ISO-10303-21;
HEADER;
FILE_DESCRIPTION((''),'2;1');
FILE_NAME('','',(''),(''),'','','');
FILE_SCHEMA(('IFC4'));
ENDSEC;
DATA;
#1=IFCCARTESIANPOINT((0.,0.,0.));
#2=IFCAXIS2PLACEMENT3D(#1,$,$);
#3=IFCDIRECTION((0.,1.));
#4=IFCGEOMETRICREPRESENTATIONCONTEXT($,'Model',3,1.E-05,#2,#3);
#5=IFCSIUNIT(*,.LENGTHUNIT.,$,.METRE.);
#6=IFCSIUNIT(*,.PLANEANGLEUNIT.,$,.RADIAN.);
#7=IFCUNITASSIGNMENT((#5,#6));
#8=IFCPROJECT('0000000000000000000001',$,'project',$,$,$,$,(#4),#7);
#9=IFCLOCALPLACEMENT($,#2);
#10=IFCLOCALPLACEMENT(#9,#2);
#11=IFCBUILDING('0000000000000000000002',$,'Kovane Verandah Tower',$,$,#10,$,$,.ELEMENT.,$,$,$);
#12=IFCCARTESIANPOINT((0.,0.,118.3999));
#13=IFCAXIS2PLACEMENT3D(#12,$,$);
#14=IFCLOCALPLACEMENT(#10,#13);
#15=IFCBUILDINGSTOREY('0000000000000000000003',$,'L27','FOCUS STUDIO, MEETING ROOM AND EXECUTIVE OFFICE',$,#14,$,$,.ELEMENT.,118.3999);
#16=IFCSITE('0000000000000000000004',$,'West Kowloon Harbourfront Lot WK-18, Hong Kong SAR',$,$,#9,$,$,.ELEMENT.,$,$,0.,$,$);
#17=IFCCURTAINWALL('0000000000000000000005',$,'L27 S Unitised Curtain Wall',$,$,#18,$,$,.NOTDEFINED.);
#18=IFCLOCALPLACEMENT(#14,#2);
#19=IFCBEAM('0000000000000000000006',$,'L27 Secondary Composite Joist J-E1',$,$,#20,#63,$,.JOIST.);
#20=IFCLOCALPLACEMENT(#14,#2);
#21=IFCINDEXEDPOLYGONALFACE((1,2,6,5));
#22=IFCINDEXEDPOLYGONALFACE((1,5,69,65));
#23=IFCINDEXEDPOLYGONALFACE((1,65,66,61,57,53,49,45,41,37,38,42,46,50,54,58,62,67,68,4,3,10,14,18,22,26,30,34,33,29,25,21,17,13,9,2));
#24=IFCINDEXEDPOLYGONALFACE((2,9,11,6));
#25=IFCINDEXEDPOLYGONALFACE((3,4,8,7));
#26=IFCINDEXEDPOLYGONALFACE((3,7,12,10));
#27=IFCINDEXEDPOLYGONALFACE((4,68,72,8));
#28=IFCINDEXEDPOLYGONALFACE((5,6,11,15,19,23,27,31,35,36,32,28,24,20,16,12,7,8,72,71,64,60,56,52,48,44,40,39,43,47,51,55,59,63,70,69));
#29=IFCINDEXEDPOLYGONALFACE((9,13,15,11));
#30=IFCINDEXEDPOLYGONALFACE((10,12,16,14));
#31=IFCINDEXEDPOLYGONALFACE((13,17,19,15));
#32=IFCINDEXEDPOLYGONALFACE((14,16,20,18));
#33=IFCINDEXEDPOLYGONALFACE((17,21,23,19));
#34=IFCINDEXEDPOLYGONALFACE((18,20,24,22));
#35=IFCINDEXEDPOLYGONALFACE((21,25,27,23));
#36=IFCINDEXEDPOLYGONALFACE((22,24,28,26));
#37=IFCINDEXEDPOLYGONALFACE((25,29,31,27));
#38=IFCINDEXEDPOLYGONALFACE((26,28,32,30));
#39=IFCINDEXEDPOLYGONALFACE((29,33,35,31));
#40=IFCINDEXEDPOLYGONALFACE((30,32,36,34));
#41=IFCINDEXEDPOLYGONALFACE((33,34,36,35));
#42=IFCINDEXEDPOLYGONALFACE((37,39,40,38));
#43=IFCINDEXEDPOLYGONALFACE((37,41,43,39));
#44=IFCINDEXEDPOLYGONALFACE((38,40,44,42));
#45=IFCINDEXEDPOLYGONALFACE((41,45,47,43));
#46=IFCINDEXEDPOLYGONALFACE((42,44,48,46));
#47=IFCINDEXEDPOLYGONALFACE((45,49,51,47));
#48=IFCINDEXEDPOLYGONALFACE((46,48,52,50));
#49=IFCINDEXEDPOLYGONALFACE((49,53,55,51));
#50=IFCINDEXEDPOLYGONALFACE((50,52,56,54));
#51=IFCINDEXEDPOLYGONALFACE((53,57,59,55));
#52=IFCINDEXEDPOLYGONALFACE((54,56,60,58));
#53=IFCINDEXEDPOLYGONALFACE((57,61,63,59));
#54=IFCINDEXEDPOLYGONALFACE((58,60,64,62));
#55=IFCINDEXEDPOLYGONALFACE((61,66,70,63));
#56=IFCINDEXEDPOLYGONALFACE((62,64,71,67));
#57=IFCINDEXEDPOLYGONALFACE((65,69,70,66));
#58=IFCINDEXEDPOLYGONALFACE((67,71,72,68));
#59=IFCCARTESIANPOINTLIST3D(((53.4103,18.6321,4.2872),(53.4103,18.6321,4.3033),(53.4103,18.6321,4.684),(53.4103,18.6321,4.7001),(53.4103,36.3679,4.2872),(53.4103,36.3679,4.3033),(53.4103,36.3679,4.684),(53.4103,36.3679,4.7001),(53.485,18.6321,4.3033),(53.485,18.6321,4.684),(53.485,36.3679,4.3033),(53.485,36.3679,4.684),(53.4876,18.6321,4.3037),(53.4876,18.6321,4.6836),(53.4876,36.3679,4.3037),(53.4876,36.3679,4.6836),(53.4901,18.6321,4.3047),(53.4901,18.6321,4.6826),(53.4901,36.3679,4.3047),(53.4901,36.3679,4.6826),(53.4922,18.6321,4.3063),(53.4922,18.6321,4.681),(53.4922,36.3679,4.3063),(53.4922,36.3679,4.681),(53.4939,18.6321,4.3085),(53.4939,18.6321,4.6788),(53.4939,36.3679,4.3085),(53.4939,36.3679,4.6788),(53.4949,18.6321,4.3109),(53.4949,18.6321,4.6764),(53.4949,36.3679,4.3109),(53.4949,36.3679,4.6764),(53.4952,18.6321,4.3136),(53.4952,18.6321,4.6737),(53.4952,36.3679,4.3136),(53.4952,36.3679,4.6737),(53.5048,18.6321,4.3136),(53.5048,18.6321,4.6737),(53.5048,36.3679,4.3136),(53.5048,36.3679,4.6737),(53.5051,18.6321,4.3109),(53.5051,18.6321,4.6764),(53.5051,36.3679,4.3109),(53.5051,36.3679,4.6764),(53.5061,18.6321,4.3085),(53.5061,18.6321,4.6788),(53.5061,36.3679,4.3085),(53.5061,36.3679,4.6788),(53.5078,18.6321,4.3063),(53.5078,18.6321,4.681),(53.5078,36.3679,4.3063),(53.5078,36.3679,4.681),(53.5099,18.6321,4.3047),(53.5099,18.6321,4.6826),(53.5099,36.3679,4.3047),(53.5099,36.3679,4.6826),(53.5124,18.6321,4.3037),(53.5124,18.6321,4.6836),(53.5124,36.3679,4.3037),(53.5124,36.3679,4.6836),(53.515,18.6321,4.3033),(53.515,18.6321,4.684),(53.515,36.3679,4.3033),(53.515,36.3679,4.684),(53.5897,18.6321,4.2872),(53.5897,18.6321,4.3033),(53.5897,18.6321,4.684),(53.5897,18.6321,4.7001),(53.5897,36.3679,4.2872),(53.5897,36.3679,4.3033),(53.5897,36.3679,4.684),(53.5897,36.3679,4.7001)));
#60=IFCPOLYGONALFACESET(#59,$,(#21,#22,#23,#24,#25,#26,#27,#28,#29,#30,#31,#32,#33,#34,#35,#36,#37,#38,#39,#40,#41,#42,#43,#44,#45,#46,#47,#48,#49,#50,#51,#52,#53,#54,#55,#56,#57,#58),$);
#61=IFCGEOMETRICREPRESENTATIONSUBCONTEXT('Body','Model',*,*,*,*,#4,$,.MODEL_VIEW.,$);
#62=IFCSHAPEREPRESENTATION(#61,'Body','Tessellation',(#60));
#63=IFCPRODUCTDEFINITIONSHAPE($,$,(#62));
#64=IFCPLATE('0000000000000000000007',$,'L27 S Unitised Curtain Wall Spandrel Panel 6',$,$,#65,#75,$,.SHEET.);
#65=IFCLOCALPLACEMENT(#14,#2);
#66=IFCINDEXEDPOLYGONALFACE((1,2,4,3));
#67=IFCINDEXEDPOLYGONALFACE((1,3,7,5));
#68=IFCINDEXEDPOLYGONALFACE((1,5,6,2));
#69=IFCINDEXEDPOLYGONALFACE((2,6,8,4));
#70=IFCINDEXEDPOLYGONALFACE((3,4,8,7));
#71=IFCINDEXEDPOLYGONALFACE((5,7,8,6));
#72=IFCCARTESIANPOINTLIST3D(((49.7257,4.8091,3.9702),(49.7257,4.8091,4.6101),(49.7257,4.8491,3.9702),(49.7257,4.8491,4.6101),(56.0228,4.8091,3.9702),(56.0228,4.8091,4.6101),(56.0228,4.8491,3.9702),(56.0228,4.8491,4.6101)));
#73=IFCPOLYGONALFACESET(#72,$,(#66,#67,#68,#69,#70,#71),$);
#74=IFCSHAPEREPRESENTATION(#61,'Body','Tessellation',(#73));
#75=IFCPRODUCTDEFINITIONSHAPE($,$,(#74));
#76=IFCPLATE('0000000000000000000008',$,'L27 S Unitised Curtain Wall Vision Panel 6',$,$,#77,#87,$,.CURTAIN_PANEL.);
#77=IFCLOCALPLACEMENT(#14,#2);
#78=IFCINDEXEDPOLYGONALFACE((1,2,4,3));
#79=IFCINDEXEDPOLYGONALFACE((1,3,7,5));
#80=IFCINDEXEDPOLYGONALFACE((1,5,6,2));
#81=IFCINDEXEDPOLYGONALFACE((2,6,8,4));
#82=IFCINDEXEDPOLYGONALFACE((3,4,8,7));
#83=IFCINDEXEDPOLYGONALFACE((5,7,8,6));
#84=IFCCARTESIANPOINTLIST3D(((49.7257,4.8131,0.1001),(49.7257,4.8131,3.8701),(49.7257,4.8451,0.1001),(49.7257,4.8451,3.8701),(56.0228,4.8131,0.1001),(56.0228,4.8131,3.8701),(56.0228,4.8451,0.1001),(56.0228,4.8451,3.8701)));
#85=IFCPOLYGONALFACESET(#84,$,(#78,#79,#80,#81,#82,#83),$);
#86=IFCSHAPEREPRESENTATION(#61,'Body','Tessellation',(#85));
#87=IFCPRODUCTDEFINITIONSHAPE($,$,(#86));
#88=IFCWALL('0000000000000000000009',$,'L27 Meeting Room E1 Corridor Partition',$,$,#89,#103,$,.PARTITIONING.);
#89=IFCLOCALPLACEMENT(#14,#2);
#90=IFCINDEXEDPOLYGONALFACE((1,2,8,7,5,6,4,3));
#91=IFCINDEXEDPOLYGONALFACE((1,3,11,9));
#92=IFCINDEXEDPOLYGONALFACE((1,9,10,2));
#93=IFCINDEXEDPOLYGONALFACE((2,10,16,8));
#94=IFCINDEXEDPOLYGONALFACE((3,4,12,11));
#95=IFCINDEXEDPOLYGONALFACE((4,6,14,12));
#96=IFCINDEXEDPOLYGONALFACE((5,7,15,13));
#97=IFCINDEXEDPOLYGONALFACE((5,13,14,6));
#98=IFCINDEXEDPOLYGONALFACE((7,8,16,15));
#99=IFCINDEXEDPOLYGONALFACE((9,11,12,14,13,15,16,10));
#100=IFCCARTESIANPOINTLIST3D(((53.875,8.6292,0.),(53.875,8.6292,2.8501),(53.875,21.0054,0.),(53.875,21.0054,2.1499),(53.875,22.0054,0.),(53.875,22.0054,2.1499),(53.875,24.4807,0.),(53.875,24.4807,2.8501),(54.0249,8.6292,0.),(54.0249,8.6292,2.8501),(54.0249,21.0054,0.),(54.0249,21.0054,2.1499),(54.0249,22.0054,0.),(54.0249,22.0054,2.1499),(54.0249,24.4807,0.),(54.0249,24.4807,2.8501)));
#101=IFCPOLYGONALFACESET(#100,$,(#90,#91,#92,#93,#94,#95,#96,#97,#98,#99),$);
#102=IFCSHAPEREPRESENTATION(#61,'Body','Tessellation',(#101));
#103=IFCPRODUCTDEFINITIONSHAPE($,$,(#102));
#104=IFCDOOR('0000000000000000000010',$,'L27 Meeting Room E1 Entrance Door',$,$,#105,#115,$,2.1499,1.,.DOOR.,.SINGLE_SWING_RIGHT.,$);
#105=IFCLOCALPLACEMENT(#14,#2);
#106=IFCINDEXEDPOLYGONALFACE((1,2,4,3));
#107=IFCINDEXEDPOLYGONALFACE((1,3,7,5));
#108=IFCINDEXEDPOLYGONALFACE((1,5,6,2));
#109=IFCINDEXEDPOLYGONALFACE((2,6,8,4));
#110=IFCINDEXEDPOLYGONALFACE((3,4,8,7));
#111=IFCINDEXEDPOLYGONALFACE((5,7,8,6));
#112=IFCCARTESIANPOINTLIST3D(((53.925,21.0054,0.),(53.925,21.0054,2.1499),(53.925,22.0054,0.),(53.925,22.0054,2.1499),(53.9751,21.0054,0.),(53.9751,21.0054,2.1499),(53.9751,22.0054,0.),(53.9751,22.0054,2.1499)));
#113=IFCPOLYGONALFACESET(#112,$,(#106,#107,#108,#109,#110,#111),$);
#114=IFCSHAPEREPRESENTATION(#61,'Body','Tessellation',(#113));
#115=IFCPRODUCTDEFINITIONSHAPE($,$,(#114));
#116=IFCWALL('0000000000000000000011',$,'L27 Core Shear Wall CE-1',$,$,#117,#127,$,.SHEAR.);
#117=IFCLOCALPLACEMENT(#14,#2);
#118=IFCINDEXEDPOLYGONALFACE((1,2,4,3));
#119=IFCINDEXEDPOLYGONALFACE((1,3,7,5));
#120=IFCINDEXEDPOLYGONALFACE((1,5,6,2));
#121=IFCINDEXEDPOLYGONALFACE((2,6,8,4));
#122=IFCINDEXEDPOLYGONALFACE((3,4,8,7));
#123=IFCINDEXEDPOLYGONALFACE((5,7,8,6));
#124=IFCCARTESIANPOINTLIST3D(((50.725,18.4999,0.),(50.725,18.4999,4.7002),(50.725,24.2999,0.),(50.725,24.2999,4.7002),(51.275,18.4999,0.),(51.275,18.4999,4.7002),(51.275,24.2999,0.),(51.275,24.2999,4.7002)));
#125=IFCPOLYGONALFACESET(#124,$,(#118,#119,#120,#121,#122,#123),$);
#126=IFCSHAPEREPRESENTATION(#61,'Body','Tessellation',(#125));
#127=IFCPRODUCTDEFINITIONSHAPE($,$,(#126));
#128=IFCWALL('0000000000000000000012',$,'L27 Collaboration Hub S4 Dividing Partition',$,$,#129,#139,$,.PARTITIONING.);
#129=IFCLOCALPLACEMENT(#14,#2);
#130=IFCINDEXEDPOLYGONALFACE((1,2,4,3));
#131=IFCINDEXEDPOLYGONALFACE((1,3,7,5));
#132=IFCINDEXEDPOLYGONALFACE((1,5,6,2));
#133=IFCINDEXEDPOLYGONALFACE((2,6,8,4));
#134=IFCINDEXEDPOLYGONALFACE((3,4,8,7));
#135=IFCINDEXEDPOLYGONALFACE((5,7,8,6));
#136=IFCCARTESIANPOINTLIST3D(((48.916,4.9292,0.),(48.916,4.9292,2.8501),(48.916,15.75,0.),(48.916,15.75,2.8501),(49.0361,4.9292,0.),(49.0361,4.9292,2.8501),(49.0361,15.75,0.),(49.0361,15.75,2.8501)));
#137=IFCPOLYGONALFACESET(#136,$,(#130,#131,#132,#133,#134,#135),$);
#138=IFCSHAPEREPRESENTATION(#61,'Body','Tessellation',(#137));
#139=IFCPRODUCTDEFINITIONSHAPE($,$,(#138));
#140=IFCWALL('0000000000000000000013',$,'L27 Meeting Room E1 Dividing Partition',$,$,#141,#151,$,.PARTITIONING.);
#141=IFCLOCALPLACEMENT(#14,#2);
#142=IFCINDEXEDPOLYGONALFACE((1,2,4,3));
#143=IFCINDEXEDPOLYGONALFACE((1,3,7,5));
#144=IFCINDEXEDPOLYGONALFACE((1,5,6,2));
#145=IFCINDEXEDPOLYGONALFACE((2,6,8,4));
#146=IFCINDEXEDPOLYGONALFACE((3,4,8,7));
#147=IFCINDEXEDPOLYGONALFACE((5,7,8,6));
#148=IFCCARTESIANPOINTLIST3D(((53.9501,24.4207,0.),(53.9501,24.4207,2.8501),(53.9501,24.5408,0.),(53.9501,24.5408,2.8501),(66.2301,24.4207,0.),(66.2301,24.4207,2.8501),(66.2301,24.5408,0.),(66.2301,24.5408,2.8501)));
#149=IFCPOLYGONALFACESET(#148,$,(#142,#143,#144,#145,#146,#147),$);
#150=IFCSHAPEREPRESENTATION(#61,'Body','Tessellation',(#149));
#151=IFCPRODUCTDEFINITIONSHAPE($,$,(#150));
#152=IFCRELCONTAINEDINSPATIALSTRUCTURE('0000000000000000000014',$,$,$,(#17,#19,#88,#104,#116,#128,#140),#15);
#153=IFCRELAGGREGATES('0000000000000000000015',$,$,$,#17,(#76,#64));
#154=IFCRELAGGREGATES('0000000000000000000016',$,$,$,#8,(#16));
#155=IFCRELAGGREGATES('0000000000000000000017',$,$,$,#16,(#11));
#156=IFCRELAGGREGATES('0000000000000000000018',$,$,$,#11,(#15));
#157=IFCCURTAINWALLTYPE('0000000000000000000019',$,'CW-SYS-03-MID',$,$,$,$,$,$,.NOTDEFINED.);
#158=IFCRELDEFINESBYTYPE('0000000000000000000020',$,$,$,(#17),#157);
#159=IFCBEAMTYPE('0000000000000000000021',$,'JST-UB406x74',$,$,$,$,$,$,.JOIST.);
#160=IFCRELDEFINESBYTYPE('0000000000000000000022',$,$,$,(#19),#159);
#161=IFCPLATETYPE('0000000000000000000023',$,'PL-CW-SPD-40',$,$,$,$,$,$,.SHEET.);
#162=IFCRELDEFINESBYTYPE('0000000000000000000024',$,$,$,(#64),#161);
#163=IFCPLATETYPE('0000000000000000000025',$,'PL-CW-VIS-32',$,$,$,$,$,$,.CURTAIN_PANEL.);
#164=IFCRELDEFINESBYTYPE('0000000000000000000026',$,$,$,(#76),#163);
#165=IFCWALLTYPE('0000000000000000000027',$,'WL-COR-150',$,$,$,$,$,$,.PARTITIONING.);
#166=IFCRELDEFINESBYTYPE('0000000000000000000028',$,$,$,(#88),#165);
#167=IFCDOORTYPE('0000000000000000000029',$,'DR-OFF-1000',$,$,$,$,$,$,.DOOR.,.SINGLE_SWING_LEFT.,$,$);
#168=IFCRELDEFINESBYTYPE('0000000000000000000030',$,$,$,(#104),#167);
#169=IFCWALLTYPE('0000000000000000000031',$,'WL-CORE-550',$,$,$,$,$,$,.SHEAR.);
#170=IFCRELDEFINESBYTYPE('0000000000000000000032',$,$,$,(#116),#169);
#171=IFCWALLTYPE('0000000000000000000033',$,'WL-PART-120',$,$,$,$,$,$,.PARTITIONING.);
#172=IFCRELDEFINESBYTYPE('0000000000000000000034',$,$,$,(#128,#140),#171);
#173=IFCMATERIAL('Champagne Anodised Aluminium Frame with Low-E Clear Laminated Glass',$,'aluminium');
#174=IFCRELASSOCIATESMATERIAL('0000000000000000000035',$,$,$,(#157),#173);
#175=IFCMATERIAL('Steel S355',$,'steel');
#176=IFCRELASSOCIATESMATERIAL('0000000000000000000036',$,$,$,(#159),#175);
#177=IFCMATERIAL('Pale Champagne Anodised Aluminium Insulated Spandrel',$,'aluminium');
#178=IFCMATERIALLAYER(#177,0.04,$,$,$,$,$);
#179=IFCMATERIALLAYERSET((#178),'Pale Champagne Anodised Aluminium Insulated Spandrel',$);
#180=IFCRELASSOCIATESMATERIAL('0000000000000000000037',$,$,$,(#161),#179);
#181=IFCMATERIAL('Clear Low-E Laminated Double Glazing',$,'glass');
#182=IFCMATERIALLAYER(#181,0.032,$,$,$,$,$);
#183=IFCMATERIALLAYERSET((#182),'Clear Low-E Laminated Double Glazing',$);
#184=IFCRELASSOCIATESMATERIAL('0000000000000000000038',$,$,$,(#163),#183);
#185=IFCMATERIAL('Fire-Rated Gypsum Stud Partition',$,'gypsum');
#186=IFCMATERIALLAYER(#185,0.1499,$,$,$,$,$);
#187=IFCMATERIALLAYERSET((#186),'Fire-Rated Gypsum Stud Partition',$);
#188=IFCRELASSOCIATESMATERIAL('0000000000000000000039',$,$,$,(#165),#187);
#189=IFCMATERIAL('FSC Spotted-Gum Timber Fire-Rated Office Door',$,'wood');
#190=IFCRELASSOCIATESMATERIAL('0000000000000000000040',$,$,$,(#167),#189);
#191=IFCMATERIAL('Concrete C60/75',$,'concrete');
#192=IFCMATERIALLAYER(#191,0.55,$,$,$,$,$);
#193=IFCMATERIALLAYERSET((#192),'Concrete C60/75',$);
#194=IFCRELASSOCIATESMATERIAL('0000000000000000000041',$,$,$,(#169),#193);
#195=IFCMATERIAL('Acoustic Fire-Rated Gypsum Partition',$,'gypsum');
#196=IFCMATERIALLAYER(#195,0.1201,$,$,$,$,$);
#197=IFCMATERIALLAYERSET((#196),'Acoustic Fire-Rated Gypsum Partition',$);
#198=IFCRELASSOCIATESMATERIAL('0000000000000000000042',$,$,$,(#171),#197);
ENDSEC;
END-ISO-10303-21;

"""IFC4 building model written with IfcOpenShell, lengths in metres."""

from ifc_helpers import new_model, si_unit, direction, frame, frame_2d, origin, origin_2d, place, context, subcontext, project, spatial, rectangle, i_section, extrude, material, layer, layer_set, material_profile, profile_set, type_object, element, fill, aggregate, save


model = new_model("IFC4")

# Units and contexts
model_context = context("Model", 3, precision=1e-05, world=origin(), true_north=direction((0.0, 1.0)))
body_context = subcontext(model_context, "Body", "Model", "MODEL_VIEW")
ifc_project = project(units=[si_unit("LENGTHUNIT", "METRE"), si_unit("PLANEANGLEUNIT", "RADIAN")], contexts=[model_context])

# Site, building, storey
site_placement = place(None, origin())
site = spatial("IfcSite", under=ifc_project, at=site_placement, Name="West Kowloon Harbourfront Lot WK-18, Hong Kong SAR", CompositionType="ELEMENT", RefElevation=0.0)
building_placement = place(site_placement, origin())
building = spatial("IfcBuilding", under=site, at=building_placement, Name="Kovane Verandah Tower", CompositionType="ELEMENT")
storey_placement = place(building_placement, frame((0.0, 0.0, 118.3999)))
storey = spatial("IfcBuildingStorey", under=building, at=storey_placement, Name="L27", Description="FOCUS STUDIO, MEETING ROOM AND EXECUTIVE OFFICE", CompositionType="ELEMENT", Elevation=118.3999)

# Shared definitions
ifc_material_1 = material(Name="Concrete C60/75", Category="concrete")
ifc_material_2 = material(Name="Steel S355", Category="steel")

# Curtain wall
ifc_material_3 = material(Name="Champagne Anodised Aluminium Frame with Low-E Clear Laminated Glass", Category="aluminium")
curtain_wall_type = type_object("IfcCurtainWallType", Name="CW-SYS-03-MID", PredefinedType="NOTDEFINED", material=ifc_material_3)
curtain_wall_placement = place(storey_placement, origin())
curtain_wall = element("IfcCurtainWall", 1, at=curtain_wall_placement, inside=storey, type_object=curtain_wall_type, Name="L27 S Unitised Curtain Wall", PredefinedType="NOTDEFINED")

# Beam
ifc_material_profile_1 = material_profile(ifc_material_2, i_section(OverallWidth=0.1794, OverallDepth=0.4128, WebThickness=0.0095, FlangeThickness=0.0161, FilletRadius=0.0103, at=origin_2d()), Name="UB406x178x74")
ifc_profile_set_1 = profile_set([ifc_material_profile_1], Name="Steel S355")
beam_type_1 = type_object("IfcBeamType", Name="JST-UB406x74", PredefinedType="JOIST", material=ifc_profile_set_1)
beam_1_placement = place(storey_placement, frame((53.5, 18.6321, 4.4937), z_axis=(0.0, 1.0, 0.0), x_axis=(-1.0, 0.0, 0.0)))
element("IfcBeam", 2, at=beam_1_placement, inside=storey, type_object=beam_type_1, Name="L27 Secondary Composite Joist J-E1", PredefinedType="JOIST", context=body_context, shape_type="SweptSolid", body=[
    extrude(i_section(OverallWidth=0.1794, OverallDepth=0.4128, WebThickness=0.0095, FlangeThickness=0.0161, FilletRadius=0.0103, at=origin_2d()), origin(), (0.0, 0.0, 1.0), 17.7358),
])

# Plates
ifc_material_4 = material(Name="Pale Champagne Anodised Aluminium Insulated Spandrel", Category="aluminium")
ifc_layer_1 = layer(ifc_material_4, 0.04)
ifc_layer_set_1 = layer_set([ifc_layer_1], Name="Pale Champagne Anodised Aluminium Insulated Spandrel")
plate_type_1 = type_object("IfcPlateType", Name="PL-CW-SPD-40", PredefinedType="SHEET", material=ifc_layer_set_1)
plate_1_placement = place(storey_placement, frame((52.8743, 4.8291, 3.9702), z_axis=(0.0, 0.0, 1.0), x_axis=(1.0, 0.0, 0.0)))
plate_1 = element("IfcPlate", 3, at=plate_1_placement, type_object=plate_type_1, Name="L27 S Unitised Curtain Wall Spandrel Panel 6", PredefinedType="SHEET", context=body_context, shape_type="SweptSolid", body=[
    extrude(rectangle(XDim=6.2971, YDim=0.04, at=origin_2d()), origin(), (0.0, 0.0, 1.0), 0.6399),
])
ifc_material_5 = material(Name="Clear Low-E Laminated Double Glazing", Category="glass")
ifc_layer_2 = layer(ifc_material_5, 0.032)
ifc_layer_set_2 = layer_set([ifc_layer_2], Name="Clear Low-E Laminated Double Glazing")
plate_type_2 = type_object("IfcPlateType", Name="PL-CW-VIS-32", PredefinedType="CURTAIN_PANEL", material=ifc_layer_set_2)
plate_2_placement = place(storey_placement, frame((52.8743, 4.8291, 0.1001), z_axis=(0.0, 0.0, 1.0), x_axis=(1.0, 0.0, 0.0)))
plate_2 = element("IfcPlate", 4, at=plate_2_placement, type_object=plate_type_2, Name="L27 S Unitised Curtain Wall Vision Panel 6", PredefinedType="CURTAIN_PANEL", context=body_context, shape_type="SweptSolid", body=[
    extrude(rectangle(XDim=6.2971, YDim=0.032, at=origin_2d()), origin(), (0.0, 0.0, 1.0), 3.77),
])
aggregate(curtain_wall, [plate_2, plate_1])

# Wall, opening, door
ifc_material_6 = material(Name="Fire-Rated Gypsum Stud Partition", Category="gypsum")
ifc_layer_3 = layer(ifc_material_6, 0.1499)
ifc_layer_set_3 = layer_set([ifc_layer_3], Name="Fire-Rated Gypsum Stud Partition")
wall_type_1 = type_object("IfcWallType", Name="WL-COR-150", PredefinedType="PARTITIONING", material=ifc_layer_set_3)
ifc_material_7 = material(Name="FSC Spotted-Gum Timber Fire-Rated Office Door", Category="wood")
door_type_1 = type_object("IfcDoorType", Name="DR-OFF-1000", OperationType="SINGLE_SWING_LEFT", PredefinedType="DOOR", material=ifc_material_7)
wall_1_placement = place(storey_placement, frame((53.95, 8.6292, 0.0), z_axis=(0.0, 0.0, 1.0), x_axis=(0.0, 1.0, 0.0)))
wall_1 = element("IfcWall", 5, at=wall_1_placement, inside=storey, type_object=wall_type_1, Name="L27 Meeting Room E1 Corridor Partition", PredefinedType="PARTITIONING", context=body_context, shape_type="SweptSolid", body=[
    extrude(rectangle(XDim=15.8516, YDim=0.1499, at=frame_2d((7.9258, 0.0))), origin(), (0.0, 0.0, 1.0), 2.8501),
])
opening_1_placement = place(wall_1_placement, frame((12.3762, 0.0, 0.0)))
opening_1 = element("IfcOpeningElement", 6, at=opening_1_placement, cuts=wall_1, PredefinedType="OPENING", context=body_context, shape_type="SweptSolid", body=[
    extrude(rectangle(XDim=1.0, YDim=2.1499, at=frame_2d((0.5, 1.075))), frame((0.0, 0.075, 0.0), z_axis=(0.0, -1.0, 0.0), x_axis=(1.0, 0.0, 0.0)), (0.0, 0.0, 1.0), 0.1499),
])
door_1_placement = place(opening_1_placement, origin())
door_1 = element("IfcDoor", 7, at=door_1_placement, inside=storey, type_object=door_type_1, Name="L27 Meeting Room E1 Entrance Door", OperationType="SINGLE_SWING_RIGHT", OverallHeight=2.1499, OverallWidth=1.0, PredefinedType="DOOR", context=body_context, shape_type="SweptSolid", body=[
    extrude(rectangle(XDim=1.0, YDim=2.1499, at=frame_2d((0.5, 1.075))), frame((0.0, 0.0249, 0.0), z_axis=(0.0, -1.0, 0.0), x_axis=(1.0, 0.0, 0.0)), (0.0, 0.0, 1.0), 0.05),
])
fill(opening_1, door_1)

# Wall
ifc_layer_4 = layer(ifc_material_1, 0.55)
ifc_layer_set_4 = layer_set([ifc_layer_4], Name="Concrete C60/75")
wall_type_2 = type_object("IfcWallType", Name="WL-CORE-550", PredefinedType="SHEAR", material=ifc_layer_set_4)
wall_2_placement = place(storey_placement, frame((51.0, 18.5, 0.0), z_axis=(0.0, 0.0, 1.0), x_axis=(0.0, 1.0, 0.0)))
element("IfcWall", 8, at=wall_2_placement, inside=storey, type_object=wall_type_2, Name="L27 Core Shear Wall CE-1", PredefinedType="SHEAR", context=body_context, shape_type="SweptSolid", body=[
    extrude(rectangle(XDim=5.8, YDim=0.55, at=frame_2d((2.8999, 0.0))), origin(), (0.0, 0.0, 1.0), 4.7002),
])

# Walls
ifc_material_8 = material(Name="Acoustic Fire-Rated Gypsum Partition", Category="gypsum")
ifc_layer_5 = layer(ifc_material_8, 0.1201)
ifc_layer_set_5 = layer_set([ifc_layer_5], Name="Acoustic Fire-Rated Gypsum Partition")
wall_type_3 = type_object("IfcWallType", Name="WL-PART-120", PredefinedType="PARTITIONING", material=ifc_layer_set_5)
wall_3_placement = place(storey_placement, frame((48.9761, 4.9292, 0.0), z_axis=(0.0, 0.0, 1.0), x_axis=(0.0, 1.0, 0.0)))
element("IfcWall", 9, at=wall_3_placement, inside=storey, type_object=wall_type_3, Name="L27 Collaboration Hub S4 Dividing Partition", PredefinedType="PARTITIONING", context=body_context, shape_type="SweptSolid", body=[
    extrude(rectangle(XDim=10.8208, YDim=0.1201, at=frame_2d((5.4104, 0.0))), origin(), (0.0, 0.0, 1.0), 2.8501),
])
wall_4_placement = place(storey_placement, frame((53.95, 24.4807, 0.0), z_axis=(0.0, 0.0, 1.0), x_axis=(1.0, 0.0, 0.0)))
element("IfcWall", 10, at=wall_4_placement, inside=storey, type_object=wall_type_3, Name="L27 Meeting Room E1 Dividing Partition", PredefinedType="PARTITIONING", context=body_context, shape_type="SweptSolid", body=[
    extrude(rectangle(XDim=12.28, YDim=0.1201, at=frame_2d((6.1401, 0.0))), origin(), (0.0, 0.0, 1.0), 2.8501),
])

save(model, "model.ifc")
